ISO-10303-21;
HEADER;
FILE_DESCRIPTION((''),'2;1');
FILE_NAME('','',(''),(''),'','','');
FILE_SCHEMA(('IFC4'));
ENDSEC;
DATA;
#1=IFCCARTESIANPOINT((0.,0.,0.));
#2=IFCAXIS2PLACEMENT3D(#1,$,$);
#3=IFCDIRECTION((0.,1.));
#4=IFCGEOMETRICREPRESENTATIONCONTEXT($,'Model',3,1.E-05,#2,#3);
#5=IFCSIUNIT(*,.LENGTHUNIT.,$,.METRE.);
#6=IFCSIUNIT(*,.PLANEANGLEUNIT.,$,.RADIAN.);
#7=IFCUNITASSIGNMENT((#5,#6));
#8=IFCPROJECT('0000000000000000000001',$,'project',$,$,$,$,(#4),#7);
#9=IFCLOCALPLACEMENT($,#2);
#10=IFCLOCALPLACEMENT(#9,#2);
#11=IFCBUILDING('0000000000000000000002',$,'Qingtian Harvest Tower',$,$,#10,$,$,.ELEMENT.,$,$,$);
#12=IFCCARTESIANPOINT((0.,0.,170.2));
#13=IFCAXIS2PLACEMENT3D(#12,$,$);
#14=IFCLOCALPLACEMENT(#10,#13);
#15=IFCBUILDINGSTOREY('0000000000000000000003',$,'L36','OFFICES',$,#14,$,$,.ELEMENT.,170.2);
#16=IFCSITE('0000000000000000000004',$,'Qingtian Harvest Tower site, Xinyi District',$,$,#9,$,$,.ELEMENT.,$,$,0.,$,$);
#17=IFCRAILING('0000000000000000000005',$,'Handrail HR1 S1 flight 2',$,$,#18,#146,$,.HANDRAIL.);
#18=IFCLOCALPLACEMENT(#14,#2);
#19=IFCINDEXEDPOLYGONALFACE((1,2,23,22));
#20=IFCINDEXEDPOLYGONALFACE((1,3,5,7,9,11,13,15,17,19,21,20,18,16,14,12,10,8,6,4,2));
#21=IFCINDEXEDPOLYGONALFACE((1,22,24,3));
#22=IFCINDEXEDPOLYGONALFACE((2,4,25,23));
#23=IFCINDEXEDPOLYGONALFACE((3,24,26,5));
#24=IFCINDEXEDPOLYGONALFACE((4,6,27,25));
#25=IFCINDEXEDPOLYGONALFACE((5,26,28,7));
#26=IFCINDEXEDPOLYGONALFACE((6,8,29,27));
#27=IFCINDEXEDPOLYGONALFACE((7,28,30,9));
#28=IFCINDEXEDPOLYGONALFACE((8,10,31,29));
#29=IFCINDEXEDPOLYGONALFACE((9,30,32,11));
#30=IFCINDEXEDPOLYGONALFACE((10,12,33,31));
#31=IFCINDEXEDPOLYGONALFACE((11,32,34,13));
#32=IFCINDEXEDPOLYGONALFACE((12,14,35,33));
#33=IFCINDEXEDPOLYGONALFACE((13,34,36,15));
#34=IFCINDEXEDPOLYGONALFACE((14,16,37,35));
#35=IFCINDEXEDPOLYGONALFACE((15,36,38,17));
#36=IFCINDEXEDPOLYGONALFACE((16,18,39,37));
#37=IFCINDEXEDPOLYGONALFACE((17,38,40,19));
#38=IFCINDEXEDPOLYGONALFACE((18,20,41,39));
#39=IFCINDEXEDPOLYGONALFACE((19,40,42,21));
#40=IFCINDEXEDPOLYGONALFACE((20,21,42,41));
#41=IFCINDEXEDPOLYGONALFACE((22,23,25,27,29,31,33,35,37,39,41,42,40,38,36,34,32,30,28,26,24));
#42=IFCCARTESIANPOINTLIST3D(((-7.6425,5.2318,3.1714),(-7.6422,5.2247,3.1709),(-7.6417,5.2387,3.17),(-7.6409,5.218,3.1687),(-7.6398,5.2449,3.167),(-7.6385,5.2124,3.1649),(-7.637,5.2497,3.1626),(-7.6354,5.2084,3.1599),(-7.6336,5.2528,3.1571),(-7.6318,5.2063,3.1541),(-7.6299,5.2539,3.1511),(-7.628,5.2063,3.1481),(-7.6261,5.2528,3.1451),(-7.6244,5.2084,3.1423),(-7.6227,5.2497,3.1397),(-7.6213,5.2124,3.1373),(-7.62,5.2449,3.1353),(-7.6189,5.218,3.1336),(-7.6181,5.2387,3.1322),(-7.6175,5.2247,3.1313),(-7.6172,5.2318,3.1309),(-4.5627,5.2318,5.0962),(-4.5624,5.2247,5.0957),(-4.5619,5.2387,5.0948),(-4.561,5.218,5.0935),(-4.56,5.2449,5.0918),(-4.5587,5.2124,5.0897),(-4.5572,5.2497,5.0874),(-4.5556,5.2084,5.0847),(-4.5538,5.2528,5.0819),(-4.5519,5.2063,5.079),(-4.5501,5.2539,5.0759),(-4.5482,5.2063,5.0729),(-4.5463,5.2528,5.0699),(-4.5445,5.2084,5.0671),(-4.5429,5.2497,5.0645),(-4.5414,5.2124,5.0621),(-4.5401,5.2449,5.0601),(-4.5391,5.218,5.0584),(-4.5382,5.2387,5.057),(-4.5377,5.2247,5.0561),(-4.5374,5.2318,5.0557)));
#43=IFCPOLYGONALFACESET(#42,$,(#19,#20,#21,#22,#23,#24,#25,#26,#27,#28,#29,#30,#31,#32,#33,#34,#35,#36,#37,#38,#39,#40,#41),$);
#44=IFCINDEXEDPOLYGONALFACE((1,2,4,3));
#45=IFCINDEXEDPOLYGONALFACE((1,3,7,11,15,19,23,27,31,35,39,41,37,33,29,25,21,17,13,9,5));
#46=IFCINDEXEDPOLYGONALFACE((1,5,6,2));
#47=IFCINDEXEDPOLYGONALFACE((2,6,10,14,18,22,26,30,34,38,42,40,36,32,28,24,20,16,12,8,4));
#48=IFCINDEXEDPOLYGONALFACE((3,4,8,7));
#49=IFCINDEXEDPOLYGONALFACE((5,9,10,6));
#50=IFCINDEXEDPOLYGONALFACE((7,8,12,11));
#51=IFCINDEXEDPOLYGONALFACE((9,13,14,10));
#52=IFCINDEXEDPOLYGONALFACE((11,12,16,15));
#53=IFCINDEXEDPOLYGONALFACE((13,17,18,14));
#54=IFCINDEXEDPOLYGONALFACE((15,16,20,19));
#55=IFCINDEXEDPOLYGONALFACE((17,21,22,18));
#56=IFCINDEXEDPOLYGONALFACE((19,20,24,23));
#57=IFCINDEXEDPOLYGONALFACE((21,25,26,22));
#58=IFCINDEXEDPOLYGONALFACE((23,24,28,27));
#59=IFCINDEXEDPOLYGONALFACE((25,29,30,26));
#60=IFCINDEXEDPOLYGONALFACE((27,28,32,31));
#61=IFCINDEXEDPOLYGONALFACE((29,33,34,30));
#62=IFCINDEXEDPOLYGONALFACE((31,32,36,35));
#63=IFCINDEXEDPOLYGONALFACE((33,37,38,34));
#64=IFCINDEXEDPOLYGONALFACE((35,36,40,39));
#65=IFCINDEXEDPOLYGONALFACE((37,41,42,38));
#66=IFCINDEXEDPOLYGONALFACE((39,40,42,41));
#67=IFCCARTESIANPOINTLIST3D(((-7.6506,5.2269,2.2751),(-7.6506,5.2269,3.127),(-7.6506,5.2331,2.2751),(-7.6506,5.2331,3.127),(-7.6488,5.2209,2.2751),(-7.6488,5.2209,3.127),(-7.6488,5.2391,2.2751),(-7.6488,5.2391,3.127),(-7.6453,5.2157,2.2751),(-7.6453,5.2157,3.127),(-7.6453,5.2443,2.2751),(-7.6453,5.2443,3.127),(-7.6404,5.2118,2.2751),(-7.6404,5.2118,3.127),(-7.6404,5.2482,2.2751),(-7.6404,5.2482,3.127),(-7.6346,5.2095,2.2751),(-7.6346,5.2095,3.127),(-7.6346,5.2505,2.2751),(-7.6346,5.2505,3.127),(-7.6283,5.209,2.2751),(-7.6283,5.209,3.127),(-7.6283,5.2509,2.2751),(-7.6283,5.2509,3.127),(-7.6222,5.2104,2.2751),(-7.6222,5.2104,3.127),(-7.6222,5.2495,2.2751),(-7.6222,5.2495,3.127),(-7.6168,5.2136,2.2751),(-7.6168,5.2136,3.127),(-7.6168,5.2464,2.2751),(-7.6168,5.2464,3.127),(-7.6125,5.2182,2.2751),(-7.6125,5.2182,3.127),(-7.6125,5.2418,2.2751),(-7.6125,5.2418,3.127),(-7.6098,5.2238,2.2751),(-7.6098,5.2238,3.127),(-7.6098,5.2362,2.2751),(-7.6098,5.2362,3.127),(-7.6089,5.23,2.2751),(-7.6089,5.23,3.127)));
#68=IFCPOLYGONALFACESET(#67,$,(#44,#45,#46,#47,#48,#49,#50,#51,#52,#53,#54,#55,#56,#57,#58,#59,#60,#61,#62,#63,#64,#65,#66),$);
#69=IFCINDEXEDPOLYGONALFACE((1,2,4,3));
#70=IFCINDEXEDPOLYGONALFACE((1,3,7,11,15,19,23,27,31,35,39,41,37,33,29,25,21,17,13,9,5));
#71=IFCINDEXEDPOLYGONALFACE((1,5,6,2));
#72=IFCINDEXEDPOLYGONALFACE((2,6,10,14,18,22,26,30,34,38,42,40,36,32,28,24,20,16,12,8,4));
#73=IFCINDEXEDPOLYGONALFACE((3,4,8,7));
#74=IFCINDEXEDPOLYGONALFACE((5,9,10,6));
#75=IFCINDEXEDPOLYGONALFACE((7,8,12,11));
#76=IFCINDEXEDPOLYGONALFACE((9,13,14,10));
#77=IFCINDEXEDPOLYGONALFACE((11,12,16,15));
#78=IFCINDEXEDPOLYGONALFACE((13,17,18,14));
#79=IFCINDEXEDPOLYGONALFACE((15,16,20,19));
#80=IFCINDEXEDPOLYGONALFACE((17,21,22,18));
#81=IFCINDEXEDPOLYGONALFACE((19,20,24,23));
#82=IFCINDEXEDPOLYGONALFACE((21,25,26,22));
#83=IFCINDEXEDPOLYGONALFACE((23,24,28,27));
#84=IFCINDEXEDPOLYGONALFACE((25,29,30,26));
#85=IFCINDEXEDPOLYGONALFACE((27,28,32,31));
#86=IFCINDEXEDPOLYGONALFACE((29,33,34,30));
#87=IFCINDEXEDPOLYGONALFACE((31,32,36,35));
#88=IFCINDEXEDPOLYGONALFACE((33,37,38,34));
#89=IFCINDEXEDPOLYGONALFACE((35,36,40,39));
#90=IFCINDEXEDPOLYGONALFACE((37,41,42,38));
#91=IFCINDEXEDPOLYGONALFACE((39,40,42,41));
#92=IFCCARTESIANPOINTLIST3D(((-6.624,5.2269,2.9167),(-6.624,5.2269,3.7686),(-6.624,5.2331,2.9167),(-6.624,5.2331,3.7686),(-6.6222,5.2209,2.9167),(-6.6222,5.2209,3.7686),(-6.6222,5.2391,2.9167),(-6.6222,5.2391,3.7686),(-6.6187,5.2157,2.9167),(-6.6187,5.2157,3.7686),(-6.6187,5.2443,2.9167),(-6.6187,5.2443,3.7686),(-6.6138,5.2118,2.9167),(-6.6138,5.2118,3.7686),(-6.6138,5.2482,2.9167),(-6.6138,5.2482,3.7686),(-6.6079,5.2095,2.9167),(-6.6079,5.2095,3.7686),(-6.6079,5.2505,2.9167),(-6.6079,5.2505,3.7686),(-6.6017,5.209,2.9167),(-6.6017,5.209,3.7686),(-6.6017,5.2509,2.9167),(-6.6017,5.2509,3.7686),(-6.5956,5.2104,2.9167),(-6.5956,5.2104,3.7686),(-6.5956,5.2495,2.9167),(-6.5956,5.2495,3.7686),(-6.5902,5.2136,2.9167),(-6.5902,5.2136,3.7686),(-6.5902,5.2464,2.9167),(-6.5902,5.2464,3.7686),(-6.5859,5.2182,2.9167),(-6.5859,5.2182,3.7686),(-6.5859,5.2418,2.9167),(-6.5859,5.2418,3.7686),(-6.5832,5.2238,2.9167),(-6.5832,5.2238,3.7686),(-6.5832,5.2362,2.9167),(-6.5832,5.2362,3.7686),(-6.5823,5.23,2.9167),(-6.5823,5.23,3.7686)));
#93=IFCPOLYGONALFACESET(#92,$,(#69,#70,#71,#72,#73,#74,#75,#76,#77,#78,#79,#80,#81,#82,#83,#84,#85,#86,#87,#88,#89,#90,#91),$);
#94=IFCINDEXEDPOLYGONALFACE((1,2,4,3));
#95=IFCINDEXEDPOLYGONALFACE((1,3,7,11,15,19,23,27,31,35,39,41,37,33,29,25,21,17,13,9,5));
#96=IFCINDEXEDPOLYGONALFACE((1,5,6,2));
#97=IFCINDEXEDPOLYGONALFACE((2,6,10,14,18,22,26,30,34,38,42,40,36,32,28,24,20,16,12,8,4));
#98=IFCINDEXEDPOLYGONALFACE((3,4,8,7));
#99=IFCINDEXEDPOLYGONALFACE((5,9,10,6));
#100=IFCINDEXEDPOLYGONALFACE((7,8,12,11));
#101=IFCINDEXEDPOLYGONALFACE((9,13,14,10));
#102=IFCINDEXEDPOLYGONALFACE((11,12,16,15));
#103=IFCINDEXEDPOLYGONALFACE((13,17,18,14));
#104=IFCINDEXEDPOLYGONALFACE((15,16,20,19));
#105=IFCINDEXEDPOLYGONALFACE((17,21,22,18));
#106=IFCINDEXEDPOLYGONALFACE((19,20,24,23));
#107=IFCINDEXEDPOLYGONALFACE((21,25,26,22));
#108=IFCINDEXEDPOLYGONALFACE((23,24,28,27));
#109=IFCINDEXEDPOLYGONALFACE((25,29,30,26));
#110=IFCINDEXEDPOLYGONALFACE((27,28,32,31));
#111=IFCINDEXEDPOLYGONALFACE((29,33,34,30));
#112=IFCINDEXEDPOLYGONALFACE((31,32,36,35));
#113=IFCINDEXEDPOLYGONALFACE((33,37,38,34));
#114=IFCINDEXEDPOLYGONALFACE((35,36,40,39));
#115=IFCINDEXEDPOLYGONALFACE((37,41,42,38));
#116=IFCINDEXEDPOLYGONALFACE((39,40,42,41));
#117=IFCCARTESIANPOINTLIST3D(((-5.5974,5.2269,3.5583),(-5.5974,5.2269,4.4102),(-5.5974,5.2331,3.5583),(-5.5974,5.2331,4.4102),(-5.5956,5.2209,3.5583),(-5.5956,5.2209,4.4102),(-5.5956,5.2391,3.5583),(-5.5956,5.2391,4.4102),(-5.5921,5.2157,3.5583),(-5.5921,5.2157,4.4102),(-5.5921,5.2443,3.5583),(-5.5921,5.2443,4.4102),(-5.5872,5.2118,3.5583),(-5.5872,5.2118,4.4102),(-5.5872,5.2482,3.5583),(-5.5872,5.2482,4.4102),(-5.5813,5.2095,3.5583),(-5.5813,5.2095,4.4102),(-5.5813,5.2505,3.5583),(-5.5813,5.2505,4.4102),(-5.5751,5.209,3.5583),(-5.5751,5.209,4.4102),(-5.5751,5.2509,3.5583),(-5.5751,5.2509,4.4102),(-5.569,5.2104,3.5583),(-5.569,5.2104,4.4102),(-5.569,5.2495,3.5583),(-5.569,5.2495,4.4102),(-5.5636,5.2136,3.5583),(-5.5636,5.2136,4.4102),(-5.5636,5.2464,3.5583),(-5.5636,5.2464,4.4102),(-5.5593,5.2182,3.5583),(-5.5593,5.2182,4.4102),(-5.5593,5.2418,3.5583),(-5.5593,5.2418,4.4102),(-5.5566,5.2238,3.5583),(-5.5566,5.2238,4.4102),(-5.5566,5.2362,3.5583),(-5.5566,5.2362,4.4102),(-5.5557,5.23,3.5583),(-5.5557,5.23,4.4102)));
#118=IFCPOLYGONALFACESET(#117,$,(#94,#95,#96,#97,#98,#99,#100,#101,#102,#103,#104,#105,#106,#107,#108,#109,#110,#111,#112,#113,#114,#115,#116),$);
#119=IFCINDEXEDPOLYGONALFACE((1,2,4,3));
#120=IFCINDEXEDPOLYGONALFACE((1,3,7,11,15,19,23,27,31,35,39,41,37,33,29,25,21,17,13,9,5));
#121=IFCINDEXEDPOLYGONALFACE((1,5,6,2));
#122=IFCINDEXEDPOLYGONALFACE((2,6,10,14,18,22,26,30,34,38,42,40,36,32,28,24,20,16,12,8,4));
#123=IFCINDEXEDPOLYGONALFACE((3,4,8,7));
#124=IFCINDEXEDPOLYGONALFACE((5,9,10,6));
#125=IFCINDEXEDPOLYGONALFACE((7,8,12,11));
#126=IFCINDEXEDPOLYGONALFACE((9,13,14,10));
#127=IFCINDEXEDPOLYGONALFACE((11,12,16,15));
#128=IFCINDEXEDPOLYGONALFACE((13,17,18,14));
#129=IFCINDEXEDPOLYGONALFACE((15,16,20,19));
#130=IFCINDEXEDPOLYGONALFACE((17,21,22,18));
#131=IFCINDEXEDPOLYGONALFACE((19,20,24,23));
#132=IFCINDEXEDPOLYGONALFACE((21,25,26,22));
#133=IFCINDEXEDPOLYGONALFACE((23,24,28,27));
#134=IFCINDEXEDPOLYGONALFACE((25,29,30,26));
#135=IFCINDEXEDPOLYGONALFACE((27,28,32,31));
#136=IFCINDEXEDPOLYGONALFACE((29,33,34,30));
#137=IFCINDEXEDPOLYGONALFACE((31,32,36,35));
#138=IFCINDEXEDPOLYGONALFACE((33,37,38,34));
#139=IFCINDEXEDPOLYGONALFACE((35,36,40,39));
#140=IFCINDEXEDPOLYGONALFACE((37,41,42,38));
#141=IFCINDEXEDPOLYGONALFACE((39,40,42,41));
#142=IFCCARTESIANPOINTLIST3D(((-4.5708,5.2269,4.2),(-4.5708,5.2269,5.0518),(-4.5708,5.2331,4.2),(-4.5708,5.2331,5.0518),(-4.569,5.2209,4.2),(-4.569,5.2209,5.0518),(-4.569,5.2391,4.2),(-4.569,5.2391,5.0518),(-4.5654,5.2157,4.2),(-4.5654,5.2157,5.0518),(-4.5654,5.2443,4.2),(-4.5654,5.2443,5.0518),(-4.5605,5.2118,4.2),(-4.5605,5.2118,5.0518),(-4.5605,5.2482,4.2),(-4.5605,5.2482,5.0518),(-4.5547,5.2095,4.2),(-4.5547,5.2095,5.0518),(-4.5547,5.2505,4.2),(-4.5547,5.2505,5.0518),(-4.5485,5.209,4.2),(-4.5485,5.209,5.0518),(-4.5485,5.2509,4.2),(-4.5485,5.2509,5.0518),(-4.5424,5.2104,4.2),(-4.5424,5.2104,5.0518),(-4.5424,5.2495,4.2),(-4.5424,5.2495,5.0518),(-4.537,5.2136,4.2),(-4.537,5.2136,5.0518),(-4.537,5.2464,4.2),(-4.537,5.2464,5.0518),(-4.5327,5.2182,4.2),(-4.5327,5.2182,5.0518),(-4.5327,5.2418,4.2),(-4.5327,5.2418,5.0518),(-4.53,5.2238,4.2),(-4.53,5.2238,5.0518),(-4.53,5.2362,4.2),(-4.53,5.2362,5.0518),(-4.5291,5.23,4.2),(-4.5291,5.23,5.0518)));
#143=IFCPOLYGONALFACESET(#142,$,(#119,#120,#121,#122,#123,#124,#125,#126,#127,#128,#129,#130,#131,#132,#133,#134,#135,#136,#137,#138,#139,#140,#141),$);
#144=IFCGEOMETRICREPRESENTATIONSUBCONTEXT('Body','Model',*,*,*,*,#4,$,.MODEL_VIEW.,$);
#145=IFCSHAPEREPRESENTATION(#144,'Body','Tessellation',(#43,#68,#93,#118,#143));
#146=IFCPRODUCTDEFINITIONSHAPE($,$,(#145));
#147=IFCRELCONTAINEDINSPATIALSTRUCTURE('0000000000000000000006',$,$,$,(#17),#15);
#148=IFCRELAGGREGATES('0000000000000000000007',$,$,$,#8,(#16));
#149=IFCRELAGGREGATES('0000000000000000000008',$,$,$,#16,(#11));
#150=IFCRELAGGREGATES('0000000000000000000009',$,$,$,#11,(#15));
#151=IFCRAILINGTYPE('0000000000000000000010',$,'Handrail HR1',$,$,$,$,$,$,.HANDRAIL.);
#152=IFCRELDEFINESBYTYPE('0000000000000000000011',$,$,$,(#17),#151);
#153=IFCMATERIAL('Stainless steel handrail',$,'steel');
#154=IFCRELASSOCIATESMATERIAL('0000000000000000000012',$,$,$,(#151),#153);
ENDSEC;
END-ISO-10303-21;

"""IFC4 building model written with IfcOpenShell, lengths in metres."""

from ifc_helpers import new_model, si_unit, direction, frame, origin, origin_2d, place, context, subcontext, project, spatial, circle, extrude, material, type_object, element, save


model = new_model("IFC4")

# Units and contexts
model_context = context("Model", 3, precision=1e-05, world=origin(), true_north=direction((0.0, 1.0)))
body_context = subcontext(model_context, "Body", "Model", "MODEL_VIEW")
ifc_project = project(units=[si_unit("LENGTHUNIT", "METRE"), si_unit("PLANEANGLEUNIT", "RADIAN")], contexts=[model_context])

# Site, building, storey
site_placement = place(None, origin())
site = spatial("IfcSite", under=ifc_project, at=site_placement, Name="Qingtian Harvest Tower site, Xinyi District", CompositionType="ELEMENT", RefElevation=0.0)
building_placement = place(site_placement, origin())
building = spatial("IfcBuilding", under=site, at=building_placement, Name="Qingtian Harvest Tower", CompositionType="ELEMENT")
storey_placement = place(building_placement, frame((0.0, 0.0, 170.2)))
storey = spatial("IfcBuildingStorey", under=building, at=storey_placement, Name="L36", Description="OFFICES", CompositionType="ELEMENT", Elevation=170.2)

# Railing
ifc_material_1 = material(Name="Stainless steel handrail", Category="steel")
railing_type = type_object("IfcRailingType", Name="Handrail HR1", PredefinedType="HANDRAIL", material=ifc_material_1)
railing_1_placement = place(storey_placement, frame((-7.6299, 5.23, 2.2751)))
element("IfcRailing", 1, at=railing_1_placement, inside=storey, type_object=railing_type, Name="Handrail HR1 S1 flight 2", PredefinedType="HANDRAIL", context=body_context, shape_type="SweptSolid", body=[
    extrude(circle(Radius=0.0239, at=origin_2d()), frame((0.0, 0.0, 0.876), z_axis=(0.84801, 0.0, 0.529981), x_axis=(0.0, 1.0, 0.0)), (0.0, 0.0, 1.0), 3.6318),
    extrude(circle(Radius=0.021, at=origin_2d()), origin(), (0.0, 0.0, 1.0), 0.8518),
    extrude(circle(Radius=0.021, at=origin_2d()), frame((1.0266, 0.0, 0.6416)), (0.0, 0.0, 1.0), 0.8518),
    extrude(circle(Radius=0.021, at=origin_2d()), frame((2.0532, 0.0, 1.2832)), (0.0, 0.0, 1.0), 0.8518),
    extrude(circle(Radius=0.021, at=origin_2d()), frame((3.0798, 0.0, 1.9248)), (0.0, 0.0, 1.0), 0.8518),
])

save(model, "model.ifc")
